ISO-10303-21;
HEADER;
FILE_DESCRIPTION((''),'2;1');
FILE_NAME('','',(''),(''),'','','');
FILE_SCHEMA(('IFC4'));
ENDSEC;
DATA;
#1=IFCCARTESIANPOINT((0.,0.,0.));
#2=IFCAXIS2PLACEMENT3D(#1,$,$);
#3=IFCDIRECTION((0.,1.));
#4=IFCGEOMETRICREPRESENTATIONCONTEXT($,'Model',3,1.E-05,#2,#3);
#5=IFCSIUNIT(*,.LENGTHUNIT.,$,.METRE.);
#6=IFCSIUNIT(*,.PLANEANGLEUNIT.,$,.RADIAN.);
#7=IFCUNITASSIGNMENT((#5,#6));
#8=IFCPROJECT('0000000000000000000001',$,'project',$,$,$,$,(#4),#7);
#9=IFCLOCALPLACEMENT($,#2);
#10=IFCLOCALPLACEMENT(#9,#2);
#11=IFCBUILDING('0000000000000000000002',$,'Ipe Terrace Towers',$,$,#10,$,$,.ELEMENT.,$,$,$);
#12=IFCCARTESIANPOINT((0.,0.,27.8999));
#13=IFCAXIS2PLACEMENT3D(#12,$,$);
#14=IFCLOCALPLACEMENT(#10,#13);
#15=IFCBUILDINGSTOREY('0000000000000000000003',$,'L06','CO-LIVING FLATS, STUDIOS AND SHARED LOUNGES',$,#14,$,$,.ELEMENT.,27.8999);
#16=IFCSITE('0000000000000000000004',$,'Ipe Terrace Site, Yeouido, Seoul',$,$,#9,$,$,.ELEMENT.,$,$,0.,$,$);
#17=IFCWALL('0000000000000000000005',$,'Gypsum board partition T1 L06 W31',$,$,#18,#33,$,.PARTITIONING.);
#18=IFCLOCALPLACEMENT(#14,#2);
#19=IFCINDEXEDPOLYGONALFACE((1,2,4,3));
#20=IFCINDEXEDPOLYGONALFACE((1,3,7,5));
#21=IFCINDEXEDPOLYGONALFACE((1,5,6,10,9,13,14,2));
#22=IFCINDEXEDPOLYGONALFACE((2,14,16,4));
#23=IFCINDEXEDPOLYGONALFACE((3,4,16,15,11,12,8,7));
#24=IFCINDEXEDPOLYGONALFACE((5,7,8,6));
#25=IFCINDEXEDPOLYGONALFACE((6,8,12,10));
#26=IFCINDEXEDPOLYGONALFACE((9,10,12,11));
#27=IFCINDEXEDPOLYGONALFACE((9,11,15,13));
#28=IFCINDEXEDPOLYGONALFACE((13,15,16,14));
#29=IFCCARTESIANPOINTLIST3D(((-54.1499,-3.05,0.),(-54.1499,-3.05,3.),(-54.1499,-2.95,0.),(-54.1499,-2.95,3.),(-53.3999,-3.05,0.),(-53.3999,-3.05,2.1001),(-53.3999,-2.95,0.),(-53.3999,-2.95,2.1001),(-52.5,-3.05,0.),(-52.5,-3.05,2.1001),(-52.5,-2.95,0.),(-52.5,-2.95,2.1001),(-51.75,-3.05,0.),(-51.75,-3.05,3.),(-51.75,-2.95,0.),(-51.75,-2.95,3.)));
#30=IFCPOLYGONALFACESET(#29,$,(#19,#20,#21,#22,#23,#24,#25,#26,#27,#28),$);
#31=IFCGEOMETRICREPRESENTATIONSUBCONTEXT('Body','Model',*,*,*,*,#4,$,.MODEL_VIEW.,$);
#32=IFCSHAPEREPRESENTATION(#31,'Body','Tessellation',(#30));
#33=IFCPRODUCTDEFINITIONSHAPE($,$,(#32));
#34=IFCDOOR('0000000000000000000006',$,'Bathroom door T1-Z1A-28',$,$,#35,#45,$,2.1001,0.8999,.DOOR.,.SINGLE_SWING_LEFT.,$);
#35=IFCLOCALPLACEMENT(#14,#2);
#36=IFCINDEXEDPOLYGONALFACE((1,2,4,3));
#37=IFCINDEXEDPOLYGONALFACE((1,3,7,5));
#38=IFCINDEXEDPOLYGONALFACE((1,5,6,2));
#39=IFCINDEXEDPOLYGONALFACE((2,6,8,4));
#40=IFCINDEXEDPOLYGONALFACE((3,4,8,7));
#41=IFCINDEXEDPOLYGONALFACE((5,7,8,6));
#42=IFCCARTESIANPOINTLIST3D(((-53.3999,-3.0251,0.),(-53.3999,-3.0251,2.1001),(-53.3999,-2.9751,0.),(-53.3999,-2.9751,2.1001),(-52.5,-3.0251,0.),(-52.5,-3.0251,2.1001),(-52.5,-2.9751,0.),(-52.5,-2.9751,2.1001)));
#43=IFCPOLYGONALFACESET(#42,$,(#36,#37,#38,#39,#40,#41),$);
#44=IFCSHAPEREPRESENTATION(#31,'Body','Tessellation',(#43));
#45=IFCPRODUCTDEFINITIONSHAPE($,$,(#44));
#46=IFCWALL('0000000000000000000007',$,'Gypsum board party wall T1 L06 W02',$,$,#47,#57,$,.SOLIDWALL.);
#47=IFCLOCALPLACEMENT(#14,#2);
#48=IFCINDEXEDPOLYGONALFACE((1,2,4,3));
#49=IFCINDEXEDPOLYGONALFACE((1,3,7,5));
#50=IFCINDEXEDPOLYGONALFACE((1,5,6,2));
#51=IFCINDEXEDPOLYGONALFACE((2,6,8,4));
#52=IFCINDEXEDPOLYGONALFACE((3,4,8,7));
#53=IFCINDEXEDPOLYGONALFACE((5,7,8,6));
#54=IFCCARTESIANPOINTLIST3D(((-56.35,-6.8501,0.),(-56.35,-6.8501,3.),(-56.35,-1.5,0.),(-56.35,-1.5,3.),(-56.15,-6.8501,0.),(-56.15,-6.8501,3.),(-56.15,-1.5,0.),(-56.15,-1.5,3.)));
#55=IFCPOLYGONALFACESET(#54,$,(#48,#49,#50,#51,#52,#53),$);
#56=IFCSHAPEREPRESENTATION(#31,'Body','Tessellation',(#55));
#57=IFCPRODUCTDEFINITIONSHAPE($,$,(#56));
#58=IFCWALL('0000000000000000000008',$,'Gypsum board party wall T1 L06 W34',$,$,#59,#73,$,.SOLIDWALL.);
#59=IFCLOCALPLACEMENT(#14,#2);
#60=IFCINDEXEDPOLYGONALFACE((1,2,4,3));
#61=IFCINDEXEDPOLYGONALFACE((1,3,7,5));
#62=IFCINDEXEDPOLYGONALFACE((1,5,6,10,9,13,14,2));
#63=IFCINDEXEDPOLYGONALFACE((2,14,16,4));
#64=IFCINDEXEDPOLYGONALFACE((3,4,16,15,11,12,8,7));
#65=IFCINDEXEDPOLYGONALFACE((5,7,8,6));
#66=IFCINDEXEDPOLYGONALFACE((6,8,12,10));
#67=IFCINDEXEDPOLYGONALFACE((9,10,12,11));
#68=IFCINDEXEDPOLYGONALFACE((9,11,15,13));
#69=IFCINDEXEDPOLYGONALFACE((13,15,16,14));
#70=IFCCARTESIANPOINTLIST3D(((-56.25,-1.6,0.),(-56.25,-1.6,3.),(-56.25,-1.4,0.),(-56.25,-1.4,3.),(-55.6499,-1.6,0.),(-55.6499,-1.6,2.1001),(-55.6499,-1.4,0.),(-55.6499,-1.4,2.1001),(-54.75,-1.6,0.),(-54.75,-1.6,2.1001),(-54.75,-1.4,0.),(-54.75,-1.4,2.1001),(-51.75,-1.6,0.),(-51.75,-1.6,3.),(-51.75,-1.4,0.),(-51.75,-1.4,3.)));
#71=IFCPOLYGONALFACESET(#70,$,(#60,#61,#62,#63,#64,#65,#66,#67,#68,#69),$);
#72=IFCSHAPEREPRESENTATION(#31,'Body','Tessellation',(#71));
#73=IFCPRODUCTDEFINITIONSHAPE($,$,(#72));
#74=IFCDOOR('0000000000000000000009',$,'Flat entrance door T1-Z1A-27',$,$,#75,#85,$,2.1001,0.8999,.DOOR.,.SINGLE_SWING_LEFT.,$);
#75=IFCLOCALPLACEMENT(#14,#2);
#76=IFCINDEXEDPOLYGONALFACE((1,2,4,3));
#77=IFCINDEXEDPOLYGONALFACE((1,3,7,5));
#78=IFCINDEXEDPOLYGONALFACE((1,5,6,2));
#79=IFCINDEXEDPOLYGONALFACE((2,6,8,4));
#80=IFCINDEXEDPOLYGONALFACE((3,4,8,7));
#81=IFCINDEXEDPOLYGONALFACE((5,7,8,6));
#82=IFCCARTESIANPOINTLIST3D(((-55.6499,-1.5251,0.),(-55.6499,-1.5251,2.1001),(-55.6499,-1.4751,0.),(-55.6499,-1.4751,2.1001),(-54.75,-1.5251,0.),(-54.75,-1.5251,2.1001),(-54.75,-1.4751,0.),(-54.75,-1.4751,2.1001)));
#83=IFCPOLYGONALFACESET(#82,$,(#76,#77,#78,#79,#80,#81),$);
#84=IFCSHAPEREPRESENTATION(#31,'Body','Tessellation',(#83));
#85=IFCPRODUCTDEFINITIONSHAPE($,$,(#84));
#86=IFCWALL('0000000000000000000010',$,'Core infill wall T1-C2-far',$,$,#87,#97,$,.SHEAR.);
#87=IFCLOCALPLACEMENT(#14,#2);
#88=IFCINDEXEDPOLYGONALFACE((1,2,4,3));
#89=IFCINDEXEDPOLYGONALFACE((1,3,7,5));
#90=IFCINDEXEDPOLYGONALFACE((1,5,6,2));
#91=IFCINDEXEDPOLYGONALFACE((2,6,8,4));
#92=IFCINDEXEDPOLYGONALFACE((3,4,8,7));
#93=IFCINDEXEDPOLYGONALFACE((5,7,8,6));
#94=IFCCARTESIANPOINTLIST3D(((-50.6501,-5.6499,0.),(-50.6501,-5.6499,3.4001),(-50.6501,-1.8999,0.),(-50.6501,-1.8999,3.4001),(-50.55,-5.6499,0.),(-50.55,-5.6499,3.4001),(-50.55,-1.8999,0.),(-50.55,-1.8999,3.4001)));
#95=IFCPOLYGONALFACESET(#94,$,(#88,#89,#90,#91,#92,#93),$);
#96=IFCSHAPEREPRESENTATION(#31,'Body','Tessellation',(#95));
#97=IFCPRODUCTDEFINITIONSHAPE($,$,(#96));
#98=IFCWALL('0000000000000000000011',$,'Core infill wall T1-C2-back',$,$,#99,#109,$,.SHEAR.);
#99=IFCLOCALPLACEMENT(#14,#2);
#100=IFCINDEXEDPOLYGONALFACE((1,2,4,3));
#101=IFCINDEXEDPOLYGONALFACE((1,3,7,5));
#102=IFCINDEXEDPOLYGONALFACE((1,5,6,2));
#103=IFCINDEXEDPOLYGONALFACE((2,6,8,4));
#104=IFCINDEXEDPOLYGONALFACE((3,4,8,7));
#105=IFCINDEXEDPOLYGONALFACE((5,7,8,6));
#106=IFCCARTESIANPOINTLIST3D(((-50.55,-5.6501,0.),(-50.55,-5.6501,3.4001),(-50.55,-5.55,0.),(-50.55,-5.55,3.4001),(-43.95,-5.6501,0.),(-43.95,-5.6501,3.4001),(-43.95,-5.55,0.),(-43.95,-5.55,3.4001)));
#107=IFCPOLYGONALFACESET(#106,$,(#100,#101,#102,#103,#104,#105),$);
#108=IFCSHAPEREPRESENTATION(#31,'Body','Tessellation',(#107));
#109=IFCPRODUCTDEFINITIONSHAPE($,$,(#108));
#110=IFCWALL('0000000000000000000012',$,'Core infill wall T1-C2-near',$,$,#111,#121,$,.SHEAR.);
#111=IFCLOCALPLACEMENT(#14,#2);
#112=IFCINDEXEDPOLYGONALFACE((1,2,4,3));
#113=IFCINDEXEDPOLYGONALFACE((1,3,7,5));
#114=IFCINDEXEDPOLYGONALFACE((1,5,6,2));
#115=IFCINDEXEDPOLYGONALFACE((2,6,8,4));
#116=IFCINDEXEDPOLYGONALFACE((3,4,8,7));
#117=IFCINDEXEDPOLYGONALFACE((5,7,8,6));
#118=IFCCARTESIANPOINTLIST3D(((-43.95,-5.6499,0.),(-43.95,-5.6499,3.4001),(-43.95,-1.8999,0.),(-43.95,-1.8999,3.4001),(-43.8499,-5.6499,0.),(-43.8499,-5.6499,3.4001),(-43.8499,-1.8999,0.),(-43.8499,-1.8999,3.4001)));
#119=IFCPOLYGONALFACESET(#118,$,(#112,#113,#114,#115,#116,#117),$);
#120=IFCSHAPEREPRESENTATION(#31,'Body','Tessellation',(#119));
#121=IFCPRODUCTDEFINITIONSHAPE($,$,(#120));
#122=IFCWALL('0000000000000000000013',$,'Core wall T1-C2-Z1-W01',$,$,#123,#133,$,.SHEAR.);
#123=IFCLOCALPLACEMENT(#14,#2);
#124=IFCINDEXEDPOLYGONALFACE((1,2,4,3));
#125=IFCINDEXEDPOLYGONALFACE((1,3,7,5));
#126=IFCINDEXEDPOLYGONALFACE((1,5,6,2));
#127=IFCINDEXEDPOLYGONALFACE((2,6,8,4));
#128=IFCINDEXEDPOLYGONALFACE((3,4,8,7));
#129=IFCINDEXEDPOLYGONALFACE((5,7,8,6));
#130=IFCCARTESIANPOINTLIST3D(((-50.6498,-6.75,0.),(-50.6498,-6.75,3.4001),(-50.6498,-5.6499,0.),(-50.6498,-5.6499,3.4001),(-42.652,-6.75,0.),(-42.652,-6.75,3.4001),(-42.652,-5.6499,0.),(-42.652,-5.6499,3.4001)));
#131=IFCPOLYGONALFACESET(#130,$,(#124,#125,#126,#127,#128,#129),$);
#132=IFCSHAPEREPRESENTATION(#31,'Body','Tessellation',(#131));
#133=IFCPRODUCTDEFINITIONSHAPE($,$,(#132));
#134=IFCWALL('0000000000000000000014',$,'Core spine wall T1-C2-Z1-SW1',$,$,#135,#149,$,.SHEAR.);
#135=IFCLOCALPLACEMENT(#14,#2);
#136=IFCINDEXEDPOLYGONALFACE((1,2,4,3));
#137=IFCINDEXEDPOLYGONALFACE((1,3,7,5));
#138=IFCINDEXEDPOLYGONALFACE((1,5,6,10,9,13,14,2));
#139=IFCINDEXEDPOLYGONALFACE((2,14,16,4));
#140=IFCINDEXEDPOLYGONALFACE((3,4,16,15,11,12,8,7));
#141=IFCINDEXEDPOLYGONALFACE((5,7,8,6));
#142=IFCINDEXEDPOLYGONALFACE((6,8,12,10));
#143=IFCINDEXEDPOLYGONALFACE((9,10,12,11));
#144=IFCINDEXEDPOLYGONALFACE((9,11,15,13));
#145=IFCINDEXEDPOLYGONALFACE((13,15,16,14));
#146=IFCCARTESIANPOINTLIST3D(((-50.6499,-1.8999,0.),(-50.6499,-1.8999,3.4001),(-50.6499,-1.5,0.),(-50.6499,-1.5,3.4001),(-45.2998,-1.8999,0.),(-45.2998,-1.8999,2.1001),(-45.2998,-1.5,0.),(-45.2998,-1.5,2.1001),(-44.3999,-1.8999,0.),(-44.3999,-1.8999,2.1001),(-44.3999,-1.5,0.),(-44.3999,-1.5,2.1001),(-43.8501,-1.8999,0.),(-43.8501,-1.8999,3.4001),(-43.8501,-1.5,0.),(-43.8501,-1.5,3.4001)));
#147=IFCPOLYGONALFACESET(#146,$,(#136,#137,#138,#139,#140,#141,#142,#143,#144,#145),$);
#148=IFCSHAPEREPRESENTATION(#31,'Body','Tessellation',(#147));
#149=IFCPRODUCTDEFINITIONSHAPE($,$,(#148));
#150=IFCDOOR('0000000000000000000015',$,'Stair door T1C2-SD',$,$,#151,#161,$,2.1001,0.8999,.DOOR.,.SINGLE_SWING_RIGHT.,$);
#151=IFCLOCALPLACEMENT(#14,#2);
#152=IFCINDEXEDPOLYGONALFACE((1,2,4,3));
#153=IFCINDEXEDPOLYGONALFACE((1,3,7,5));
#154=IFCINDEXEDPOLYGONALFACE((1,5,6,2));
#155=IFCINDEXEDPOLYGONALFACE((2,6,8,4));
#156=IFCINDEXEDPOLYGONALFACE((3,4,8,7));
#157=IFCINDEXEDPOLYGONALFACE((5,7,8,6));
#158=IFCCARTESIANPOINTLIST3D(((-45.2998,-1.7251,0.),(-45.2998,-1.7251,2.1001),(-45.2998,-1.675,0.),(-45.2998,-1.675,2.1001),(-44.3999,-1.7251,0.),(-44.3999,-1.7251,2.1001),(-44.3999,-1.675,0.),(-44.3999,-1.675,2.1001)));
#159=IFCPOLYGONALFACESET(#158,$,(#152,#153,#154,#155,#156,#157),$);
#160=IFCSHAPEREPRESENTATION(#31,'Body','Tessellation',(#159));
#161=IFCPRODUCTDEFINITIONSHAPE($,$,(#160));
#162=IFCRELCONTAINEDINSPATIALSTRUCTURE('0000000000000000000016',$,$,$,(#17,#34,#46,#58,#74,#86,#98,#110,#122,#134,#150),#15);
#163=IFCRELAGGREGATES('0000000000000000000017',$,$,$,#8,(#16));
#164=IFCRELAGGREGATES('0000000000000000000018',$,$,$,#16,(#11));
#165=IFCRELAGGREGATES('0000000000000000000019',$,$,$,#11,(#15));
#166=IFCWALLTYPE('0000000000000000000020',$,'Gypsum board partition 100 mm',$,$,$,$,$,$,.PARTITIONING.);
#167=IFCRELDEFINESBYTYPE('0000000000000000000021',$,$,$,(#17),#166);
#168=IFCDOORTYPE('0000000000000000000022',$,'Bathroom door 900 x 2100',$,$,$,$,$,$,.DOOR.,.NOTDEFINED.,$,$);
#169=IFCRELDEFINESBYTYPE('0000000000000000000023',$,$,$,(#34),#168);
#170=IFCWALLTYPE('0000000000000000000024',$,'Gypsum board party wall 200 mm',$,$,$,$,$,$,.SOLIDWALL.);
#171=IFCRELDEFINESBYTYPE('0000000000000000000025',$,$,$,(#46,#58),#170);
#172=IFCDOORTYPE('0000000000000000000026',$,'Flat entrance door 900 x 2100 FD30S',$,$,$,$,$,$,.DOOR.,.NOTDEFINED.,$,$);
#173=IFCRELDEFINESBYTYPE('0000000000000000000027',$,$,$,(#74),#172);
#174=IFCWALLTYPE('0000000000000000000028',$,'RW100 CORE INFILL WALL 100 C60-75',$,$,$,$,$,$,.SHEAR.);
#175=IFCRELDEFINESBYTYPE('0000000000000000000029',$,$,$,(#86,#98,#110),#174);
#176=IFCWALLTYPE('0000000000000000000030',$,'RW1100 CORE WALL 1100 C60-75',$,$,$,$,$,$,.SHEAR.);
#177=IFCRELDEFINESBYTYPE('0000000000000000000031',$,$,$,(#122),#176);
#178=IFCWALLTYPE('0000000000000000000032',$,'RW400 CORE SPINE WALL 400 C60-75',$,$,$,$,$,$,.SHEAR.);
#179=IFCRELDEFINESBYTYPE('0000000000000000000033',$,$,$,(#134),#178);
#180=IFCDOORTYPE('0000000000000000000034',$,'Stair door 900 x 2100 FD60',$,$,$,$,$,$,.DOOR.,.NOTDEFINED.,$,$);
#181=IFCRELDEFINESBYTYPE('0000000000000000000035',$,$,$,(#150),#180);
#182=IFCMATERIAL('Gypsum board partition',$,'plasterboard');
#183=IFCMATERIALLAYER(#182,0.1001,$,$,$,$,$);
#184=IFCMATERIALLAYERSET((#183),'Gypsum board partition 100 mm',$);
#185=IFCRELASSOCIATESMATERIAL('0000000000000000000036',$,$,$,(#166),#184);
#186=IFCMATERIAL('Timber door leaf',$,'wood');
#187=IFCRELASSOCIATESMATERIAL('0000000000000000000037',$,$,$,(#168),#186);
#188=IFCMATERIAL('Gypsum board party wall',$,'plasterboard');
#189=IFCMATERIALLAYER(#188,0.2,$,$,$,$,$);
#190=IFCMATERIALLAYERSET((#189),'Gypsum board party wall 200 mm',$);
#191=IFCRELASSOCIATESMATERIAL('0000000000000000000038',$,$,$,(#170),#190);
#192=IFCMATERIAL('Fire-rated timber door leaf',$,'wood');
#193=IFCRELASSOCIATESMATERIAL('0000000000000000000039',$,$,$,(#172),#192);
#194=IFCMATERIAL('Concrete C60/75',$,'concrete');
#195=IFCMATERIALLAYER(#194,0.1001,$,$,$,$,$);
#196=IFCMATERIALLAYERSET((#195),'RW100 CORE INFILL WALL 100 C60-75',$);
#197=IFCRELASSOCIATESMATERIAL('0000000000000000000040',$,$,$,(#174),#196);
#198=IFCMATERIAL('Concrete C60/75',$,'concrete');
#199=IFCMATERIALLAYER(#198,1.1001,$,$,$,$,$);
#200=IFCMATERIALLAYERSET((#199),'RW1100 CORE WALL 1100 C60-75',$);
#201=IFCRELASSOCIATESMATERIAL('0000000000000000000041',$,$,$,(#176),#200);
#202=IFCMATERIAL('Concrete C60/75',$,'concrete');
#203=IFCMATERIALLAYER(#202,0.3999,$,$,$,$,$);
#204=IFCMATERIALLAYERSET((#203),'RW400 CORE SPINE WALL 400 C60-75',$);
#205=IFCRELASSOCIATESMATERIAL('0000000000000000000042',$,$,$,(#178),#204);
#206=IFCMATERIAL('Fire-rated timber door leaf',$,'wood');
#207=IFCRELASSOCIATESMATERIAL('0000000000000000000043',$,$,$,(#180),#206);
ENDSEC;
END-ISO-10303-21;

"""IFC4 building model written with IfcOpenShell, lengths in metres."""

from ifc_helpers import new_model, si_unit, direction, frame, frame_2d, origin, place, context, subcontext, project, spatial, rectangle, extrude, material, layer, layer_set, type_object, element, fill, save


model = new_model("IFC4")

# Units and contexts
model_context = context("Model", 3, precision=1e-05, world=origin(), true_north=direction((0.0, 1.0)))
body_context = subcontext(model_context, "Body", "Model", "MODEL_VIEW")
ifc_project = project(units=[si_unit("LENGTHUNIT", "METRE"), si_unit("PLANEANGLEUNIT", "RADIAN")], contexts=[model_context])

# Site, building, storey
site_placement = place(None, origin())
site = spatial("IfcSite", under=ifc_project, at=site_placement, Name="Ipe Terrace Site, Yeouido, Seoul", CompositionType="ELEMENT", RefElevation=0.0)
building_placement = place(site_placement, origin())
building = spatial("IfcBuilding", under=site, at=building_placement, Name="Ipe Terrace Towers", CompositionType="ELEMENT")
storey_placement = place(building_placement, frame((0.0, 0.0, 27.8999)))
storey = spatial("IfcBuildingStorey", under=building, at=storey_placement, Name="L06", Description="CO-LIVING FLATS, STUDIOS AND SHARED LOUNGES", CompositionType="ELEMENT", Elevation=27.8999)

# Shared definitions
ifc_material_1 = material(Name="Gypsum board partition", Category="plasterboard")
ifc_layer_1 = layer(ifc_material_1, 0.1001)
ifc_layer_set_1 = layer_set([ifc_layer_1], Name="Gypsum board partition 100 mm")
wall_type_1 = type_object("IfcWallType", Name="Gypsum board partition 100 mm", PredefinedType="PARTITIONING", material=ifc_layer_set_1)

# Wall, opening, door
wall_1_placement = place(storey_placement, frame((-54.1499, -3.0, 0.0), z_axis=(0.0, 0.0, 1.0), x_axis=(1.0, 0.0, 0.0)))
wall_1 = element("IfcWall", 1, at=wall_1_placement, inside=storey, type_object=wall_type_1, Name="Gypsum board partition T1 L06 W31", PredefinedType="PARTITIONING", context=body_context, shape_type="SweptSolid", body=[
    extrude(rectangle(XDim=2.3999, YDim=0.1001, at=frame_2d((1.2, 0.0))), origin(), (0.0, 0.0, 1.0), 3.0),
])
opening_1_placement = place(wall_1_placement, frame((0.75, 0.0, 0.0)))
opening_1 = element("IfcOpeningElement", 2, at=opening_1_placement, cuts=wall_1, PredefinedType="OPENING", context=body_context, shape_type="SweptSolid", body=[
    extrude(rectangle(XDim=0.8999, YDim=2.1001, at=frame_2d((0.45, 1.05))), frame((0.0, 0.0601, 0.0), z_axis=(0.0, -1.0, 0.0), x_axis=(1.0, 0.0, 0.0)), (0.0, 0.0, 1.0), 0.1201),
])
ifc_material_2 = material(Name="Timber door leaf", Category="wood")
door_type_1 = type_object("IfcDoorType", Name="Bathroom door 900 x 2100", OperationType="NOTDEFINED", PredefinedType="DOOR", material=ifc_material_2)
door_1_placement = place(opening_1_placement, origin())
door_1 = element("IfcDoor", 3, at=door_1_placement, inside=storey, type_object=door_type_1, Name="Bathroom door T1-Z1A-28", OperationType="SINGLE_SWING_LEFT", OverallHeight=2.1001, OverallWidth=0.8999, PredefinedType="DOOR", context=body_context, shape_type="SweptSolid", body=[
    extrude(rectangle(XDim=0.8999, YDim=2.1001, at=frame_2d((0.45, 1.05))), frame((0.0, 0.0249, 0.0), z_axis=(0.0, -1.0, 0.0), x_axis=(1.0, 0.0, 0.0)), (0.0, 0.0, 1.0), 0.05),
])
fill(opening_1, door_1)

# Wall
ifc_material_3 = material(Name="Gypsum board party wall", Category="plasterboard")
ifc_layer_2 = layer(ifc_material_3, 0.2)
ifc_layer_set_2 = layer_set([ifc_layer_2], Name="Gypsum board party wall 200 mm")
wall_type_2 = type_object("IfcWallType", Name="Gypsum board party wall 200 mm", PredefinedType="SOLIDWALL", material=ifc_layer_set_2)
wall_2_placement = place(storey_placement, frame((-56.25, -6.8501, 0.0), z_axis=(0.0, 0.0, 1.0), x_axis=(0.0, 1.0, 0.0)))
element("IfcWall", 4, at=wall_2_placement, inside=storey, type_object=wall_type_2, Name="Gypsum board party wall T1 L06 W02", PredefinedType="SOLIDWALL", context=body_context, shape_type="SweptSolid", body=[
    extrude(rectangle(XDim=5.3501, YDim=0.2, at=frame_2d((2.675, 0.0))), origin(), (0.0, 0.0, 1.0), 3.0),
])

# Wall, opening, door
wall_3_placement = place(storey_placement, frame((-56.25, -1.5, 0.0), z_axis=(0.0, 0.0, 1.0), x_axis=(1.0, 0.0, 0.0)))
wall_3 = element("IfcWall", 5, at=wall_3_placement, inside=storey, type_object=wall_type_2, Name="Gypsum board party wall T1 L06 W34", PredefinedType="SOLIDWALL", context=body_context, shape_type="SweptSolid", body=[
    extrude(rectangle(XDim=4.5, YDim=0.2, at=frame_2d((2.25, 0.0))), origin(), (0.0, 0.0, 1.0), 3.0),
])
opening_2_placement = place(wall_3_placement, frame((0.6001, 0.0, 0.0)))
opening_2 = element("IfcOpeningElement", 6, at=opening_2_placement, cuts=wall_3, PredefinedType="OPENING", context=body_context, shape_type="SweptSolid", body=[
    extrude(rectangle(XDim=0.8999, YDim=2.1001, at=frame_2d((0.45, 1.05))), frame((0.0, 0.1099, 0.0), z_axis=(0.0, -1.0, 0.0), x_axis=(1.0, 0.0, 0.0)), (0.0, 0.0, 1.0), 0.22),
])
ifc_material_4 = material(Name="Fire-rated timber door leaf", Category="wood")
door_type_2 = type_object("IfcDoorType", Name="Flat entrance door 900 x 2100 FD30S", OperationType="NOTDEFINED", PredefinedType="DOOR", material=ifc_material_4)
door_2_placement = place(opening_2_placement, origin())
door_2 = element("IfcDoor", 7, at=door_2_placement, inside=storey, type_object=door_type_2, Name="Flat entrance door T1-Z1A-27", OperationType="SINGLE_SWING_LEFT", OverallHeight=2.1001, OverallWidth=0.8999, PredefinedType="DOOR", context=body_context, shape_type="SweptSolid", body=[
    extrude(rectangle(XDim=0.8999, YDim=2.1001, at=frame_2d((0.45, 1.05))), frame((0.0, 0.0249, 0.0), z_axis=(0.0, -1.0, 0.0), x_axis=(1.0, 0.0, 0.0)), (0.0, 0.0, 1.0), 0.05),
])
fill(opening_2, door_2)

# Walls
ifc_material_5 = material(Name="Concrete C60/75", Category="concrete")
ifc_layer_3 = layer(ifc_material_5, 0.1001)
ifc_layer_set_3 = layer_set([ifc_layer_3], Name="RW100 CORE INFILL WALL 100 C60-75")
wall_type_3 = type_object("IfcWallType", Name="RW100 CORE INFILL WALL 100 C60-75", PredefinedType="SHEAR", material=ifc_layer_set_3)
wall_4_placement = place(storey_placement, frame((-50.6001, -1.8999, 0.0), z_axis=(0.0, 0.0, 1.0), x_axis=(0.0, -1.0, 0.0)))
element("IfcWall", 8, at=wall_4_placement, inside=storey, type_object=wall_type_3, Name="Core infill wall T1-C2-far", PredefinedType="SHEAR", context=body_context, shape_type="SweptSolid", body=[
    extrude(rectangle(XDim=3.75, YDim=0.1001, at=frame_2d((1.875, 0.0))), origin(), (0.0, 0.0, 1.0), 3.4001),
])
wall_5_placement = place(storey_placement, frame((-43.95, -5.6001, 0.0), z_axis=(0.0, 0.0, 1.0), x_axis=(-1.0, 0.0, 0.0)))
element("IfcWall", 9, at=wall_5_placement, inside=storey, type_object=wall_type_3, Name="Core infill wall T1-C2-back", PredefinedType="SHEAR", context=body_context, shape_type="SweptSolid", body=[
    extrude(rectangle(XDim=6.6001, YDim=0.1001, at=frame_2d((3.3, 0.0))), origin(), (0.0, 0.0, 1.0), 3.4001),
])
wall_6_placement = place(storey_placement, frame((-43.8999, -1.8999, 0.0), z_axis=(0.0, 0.0, 1.0), x_axis=(0.0, -1.0, 0.0)))
element("IfcWall", 10, at=wall_6_placement, inside=storey, type_object=wall_type_3, Name="Core infill wall T1-C2-near", PredefinedType="SHEAR", context=body_context, shape_type="SweptSolid", body=[
    extrude(rectangle(XDim=3.75, YDim=0.1001, at=frame_2d((1.875, 0.0))), origin(), (0.0, 0.0, 1.0), 3.4001),
])
ifc_material_6 = material(Name="Concrete C60/75", Category="concrete")
ifc_layer_4 = layer(ifc_material_6, 1.1001)
ifc_layer_set_4 = layer_set([ifc_layer_4], Name="RW1100 CORE WALL 1100 C60-75")
wall_type_4 = type_object("IfcWallType", Name="RW1100 CORE WALL 1100 C60-75", PredefinedType="SHEAR", material=ifc_layer_set_4)
wall_7_placement = place(storey_placement, frame((-50.6499, -6.2, 0.0), z_axis=(0.0, 0.0, 1.0), x_axis=(1.0, 0.0, 0.0)))
element("IfcWall", 11, at=wall_7_placement, inside=storey, type_object=wall_type_4, Name="Core wall T1-C2-Z1-W01", PredefinedType="SHEAR", context=body_context, shape_type="SweptSolid", body=[
    extrude(rectangle(XDim=7.9978, YDim=1.1001, at=frame_2d((3.999, 0.0))), origin(), (0.0, 0.0, 1.0), 3.4001),
])

# Wall, opening, door
ifc_material_7 = material(Name="Concrete C60/75", Category="concrete")
ifc_layer_5 = layer(ifc_material_7, 0.3999)
ifc_layer_set_5 = layer_set([ifc_layer_5], Name="RW400 CORE SPINE WALL 400 C60-75")
wall_type_5 = type_object("IfcWallType", Name="RW400 CORE SPINE WALL 400 C60-75", PredefinedType="SHEAR", material=ifc_layer_set_5)
wall_8_placement = place(storey_placement, frame((-50.6499, -1.7, 0.0), z_axis=(0.0, 0.0, 1.0), x_axis=(1.0, 0.0, 0.0)))
wall_8 = element("IfcWall", 12, at=wall_8_placement, inside=storey, type_object=wall_type_5, Name="Core spine wall T1-C2-Z1-SW1", PredefinedType="SHEAR", context=body_context, shape_type="SweptSolid", body=[
    extrude(rectangle(XDim=6.7998, YDim=0.3999, at=frame_2d((3.3999, 0.0))), origin(), (0.0, 0.0, 1.0), 3.4001),
])
opening_3_placement = place(wall_8_placement, frame((5.3501, 0.0, 0.0)))
opening_3 = element("IfcOpeningElement", 13, at=opening_3_placement, cuts=wall_8, PredefinedType="OPENING", context=body_context, shape_type="SweptSolid", body=[
    extrude(rectangle(XDim=0.8999, YDim=2.1001, at=frame_2d((0.45, 1.05))), frame((0.0, 0.21, 0.0), z_axis=(0.0, -1.0, 0.0), x_axis=(1.0, 0.0, 0.0)), (0.0, 0.0, 1.0), 0.4199),
])
ifc_material_8 = material(Name="Fire-rated timber door leaf", Category="wood")
door_type_3 = type_object("IfcDoorType", Name="Stair door 900 x 2100 FD60", OperationType="NOTDEFINED", PredefinedType="DOOR", material=ifc_material_8)
door_3_placement = place(opening_3_placement, origin())
door_3 = element("IfcDoor", 14, at=door_3_placement, inside=storey, type_object=door_type_3, Name="Stair door T1C2-SD", OperationType="SINGLE_SWING_RIGHT", OverallHeight=2.1001, OverallWidth=0.8999, PredefinedType="DOOR", context=body_context, shape_type="SweptSolid", body=[
    extrude(rectangle(XDim=0.8999, YDim=2.1001, at=frame_2d((0.45, 1.05))), frame((0.0, 0.0249, 0.0), z_axis=(0.0, -1.0, 0.0), x_axis=(1.0, 0.0, 0.0)), (0.0, 0.0, 1.0), 0.05),
])
fill(opening_3, door_3)

save(model, "model.ifc")
